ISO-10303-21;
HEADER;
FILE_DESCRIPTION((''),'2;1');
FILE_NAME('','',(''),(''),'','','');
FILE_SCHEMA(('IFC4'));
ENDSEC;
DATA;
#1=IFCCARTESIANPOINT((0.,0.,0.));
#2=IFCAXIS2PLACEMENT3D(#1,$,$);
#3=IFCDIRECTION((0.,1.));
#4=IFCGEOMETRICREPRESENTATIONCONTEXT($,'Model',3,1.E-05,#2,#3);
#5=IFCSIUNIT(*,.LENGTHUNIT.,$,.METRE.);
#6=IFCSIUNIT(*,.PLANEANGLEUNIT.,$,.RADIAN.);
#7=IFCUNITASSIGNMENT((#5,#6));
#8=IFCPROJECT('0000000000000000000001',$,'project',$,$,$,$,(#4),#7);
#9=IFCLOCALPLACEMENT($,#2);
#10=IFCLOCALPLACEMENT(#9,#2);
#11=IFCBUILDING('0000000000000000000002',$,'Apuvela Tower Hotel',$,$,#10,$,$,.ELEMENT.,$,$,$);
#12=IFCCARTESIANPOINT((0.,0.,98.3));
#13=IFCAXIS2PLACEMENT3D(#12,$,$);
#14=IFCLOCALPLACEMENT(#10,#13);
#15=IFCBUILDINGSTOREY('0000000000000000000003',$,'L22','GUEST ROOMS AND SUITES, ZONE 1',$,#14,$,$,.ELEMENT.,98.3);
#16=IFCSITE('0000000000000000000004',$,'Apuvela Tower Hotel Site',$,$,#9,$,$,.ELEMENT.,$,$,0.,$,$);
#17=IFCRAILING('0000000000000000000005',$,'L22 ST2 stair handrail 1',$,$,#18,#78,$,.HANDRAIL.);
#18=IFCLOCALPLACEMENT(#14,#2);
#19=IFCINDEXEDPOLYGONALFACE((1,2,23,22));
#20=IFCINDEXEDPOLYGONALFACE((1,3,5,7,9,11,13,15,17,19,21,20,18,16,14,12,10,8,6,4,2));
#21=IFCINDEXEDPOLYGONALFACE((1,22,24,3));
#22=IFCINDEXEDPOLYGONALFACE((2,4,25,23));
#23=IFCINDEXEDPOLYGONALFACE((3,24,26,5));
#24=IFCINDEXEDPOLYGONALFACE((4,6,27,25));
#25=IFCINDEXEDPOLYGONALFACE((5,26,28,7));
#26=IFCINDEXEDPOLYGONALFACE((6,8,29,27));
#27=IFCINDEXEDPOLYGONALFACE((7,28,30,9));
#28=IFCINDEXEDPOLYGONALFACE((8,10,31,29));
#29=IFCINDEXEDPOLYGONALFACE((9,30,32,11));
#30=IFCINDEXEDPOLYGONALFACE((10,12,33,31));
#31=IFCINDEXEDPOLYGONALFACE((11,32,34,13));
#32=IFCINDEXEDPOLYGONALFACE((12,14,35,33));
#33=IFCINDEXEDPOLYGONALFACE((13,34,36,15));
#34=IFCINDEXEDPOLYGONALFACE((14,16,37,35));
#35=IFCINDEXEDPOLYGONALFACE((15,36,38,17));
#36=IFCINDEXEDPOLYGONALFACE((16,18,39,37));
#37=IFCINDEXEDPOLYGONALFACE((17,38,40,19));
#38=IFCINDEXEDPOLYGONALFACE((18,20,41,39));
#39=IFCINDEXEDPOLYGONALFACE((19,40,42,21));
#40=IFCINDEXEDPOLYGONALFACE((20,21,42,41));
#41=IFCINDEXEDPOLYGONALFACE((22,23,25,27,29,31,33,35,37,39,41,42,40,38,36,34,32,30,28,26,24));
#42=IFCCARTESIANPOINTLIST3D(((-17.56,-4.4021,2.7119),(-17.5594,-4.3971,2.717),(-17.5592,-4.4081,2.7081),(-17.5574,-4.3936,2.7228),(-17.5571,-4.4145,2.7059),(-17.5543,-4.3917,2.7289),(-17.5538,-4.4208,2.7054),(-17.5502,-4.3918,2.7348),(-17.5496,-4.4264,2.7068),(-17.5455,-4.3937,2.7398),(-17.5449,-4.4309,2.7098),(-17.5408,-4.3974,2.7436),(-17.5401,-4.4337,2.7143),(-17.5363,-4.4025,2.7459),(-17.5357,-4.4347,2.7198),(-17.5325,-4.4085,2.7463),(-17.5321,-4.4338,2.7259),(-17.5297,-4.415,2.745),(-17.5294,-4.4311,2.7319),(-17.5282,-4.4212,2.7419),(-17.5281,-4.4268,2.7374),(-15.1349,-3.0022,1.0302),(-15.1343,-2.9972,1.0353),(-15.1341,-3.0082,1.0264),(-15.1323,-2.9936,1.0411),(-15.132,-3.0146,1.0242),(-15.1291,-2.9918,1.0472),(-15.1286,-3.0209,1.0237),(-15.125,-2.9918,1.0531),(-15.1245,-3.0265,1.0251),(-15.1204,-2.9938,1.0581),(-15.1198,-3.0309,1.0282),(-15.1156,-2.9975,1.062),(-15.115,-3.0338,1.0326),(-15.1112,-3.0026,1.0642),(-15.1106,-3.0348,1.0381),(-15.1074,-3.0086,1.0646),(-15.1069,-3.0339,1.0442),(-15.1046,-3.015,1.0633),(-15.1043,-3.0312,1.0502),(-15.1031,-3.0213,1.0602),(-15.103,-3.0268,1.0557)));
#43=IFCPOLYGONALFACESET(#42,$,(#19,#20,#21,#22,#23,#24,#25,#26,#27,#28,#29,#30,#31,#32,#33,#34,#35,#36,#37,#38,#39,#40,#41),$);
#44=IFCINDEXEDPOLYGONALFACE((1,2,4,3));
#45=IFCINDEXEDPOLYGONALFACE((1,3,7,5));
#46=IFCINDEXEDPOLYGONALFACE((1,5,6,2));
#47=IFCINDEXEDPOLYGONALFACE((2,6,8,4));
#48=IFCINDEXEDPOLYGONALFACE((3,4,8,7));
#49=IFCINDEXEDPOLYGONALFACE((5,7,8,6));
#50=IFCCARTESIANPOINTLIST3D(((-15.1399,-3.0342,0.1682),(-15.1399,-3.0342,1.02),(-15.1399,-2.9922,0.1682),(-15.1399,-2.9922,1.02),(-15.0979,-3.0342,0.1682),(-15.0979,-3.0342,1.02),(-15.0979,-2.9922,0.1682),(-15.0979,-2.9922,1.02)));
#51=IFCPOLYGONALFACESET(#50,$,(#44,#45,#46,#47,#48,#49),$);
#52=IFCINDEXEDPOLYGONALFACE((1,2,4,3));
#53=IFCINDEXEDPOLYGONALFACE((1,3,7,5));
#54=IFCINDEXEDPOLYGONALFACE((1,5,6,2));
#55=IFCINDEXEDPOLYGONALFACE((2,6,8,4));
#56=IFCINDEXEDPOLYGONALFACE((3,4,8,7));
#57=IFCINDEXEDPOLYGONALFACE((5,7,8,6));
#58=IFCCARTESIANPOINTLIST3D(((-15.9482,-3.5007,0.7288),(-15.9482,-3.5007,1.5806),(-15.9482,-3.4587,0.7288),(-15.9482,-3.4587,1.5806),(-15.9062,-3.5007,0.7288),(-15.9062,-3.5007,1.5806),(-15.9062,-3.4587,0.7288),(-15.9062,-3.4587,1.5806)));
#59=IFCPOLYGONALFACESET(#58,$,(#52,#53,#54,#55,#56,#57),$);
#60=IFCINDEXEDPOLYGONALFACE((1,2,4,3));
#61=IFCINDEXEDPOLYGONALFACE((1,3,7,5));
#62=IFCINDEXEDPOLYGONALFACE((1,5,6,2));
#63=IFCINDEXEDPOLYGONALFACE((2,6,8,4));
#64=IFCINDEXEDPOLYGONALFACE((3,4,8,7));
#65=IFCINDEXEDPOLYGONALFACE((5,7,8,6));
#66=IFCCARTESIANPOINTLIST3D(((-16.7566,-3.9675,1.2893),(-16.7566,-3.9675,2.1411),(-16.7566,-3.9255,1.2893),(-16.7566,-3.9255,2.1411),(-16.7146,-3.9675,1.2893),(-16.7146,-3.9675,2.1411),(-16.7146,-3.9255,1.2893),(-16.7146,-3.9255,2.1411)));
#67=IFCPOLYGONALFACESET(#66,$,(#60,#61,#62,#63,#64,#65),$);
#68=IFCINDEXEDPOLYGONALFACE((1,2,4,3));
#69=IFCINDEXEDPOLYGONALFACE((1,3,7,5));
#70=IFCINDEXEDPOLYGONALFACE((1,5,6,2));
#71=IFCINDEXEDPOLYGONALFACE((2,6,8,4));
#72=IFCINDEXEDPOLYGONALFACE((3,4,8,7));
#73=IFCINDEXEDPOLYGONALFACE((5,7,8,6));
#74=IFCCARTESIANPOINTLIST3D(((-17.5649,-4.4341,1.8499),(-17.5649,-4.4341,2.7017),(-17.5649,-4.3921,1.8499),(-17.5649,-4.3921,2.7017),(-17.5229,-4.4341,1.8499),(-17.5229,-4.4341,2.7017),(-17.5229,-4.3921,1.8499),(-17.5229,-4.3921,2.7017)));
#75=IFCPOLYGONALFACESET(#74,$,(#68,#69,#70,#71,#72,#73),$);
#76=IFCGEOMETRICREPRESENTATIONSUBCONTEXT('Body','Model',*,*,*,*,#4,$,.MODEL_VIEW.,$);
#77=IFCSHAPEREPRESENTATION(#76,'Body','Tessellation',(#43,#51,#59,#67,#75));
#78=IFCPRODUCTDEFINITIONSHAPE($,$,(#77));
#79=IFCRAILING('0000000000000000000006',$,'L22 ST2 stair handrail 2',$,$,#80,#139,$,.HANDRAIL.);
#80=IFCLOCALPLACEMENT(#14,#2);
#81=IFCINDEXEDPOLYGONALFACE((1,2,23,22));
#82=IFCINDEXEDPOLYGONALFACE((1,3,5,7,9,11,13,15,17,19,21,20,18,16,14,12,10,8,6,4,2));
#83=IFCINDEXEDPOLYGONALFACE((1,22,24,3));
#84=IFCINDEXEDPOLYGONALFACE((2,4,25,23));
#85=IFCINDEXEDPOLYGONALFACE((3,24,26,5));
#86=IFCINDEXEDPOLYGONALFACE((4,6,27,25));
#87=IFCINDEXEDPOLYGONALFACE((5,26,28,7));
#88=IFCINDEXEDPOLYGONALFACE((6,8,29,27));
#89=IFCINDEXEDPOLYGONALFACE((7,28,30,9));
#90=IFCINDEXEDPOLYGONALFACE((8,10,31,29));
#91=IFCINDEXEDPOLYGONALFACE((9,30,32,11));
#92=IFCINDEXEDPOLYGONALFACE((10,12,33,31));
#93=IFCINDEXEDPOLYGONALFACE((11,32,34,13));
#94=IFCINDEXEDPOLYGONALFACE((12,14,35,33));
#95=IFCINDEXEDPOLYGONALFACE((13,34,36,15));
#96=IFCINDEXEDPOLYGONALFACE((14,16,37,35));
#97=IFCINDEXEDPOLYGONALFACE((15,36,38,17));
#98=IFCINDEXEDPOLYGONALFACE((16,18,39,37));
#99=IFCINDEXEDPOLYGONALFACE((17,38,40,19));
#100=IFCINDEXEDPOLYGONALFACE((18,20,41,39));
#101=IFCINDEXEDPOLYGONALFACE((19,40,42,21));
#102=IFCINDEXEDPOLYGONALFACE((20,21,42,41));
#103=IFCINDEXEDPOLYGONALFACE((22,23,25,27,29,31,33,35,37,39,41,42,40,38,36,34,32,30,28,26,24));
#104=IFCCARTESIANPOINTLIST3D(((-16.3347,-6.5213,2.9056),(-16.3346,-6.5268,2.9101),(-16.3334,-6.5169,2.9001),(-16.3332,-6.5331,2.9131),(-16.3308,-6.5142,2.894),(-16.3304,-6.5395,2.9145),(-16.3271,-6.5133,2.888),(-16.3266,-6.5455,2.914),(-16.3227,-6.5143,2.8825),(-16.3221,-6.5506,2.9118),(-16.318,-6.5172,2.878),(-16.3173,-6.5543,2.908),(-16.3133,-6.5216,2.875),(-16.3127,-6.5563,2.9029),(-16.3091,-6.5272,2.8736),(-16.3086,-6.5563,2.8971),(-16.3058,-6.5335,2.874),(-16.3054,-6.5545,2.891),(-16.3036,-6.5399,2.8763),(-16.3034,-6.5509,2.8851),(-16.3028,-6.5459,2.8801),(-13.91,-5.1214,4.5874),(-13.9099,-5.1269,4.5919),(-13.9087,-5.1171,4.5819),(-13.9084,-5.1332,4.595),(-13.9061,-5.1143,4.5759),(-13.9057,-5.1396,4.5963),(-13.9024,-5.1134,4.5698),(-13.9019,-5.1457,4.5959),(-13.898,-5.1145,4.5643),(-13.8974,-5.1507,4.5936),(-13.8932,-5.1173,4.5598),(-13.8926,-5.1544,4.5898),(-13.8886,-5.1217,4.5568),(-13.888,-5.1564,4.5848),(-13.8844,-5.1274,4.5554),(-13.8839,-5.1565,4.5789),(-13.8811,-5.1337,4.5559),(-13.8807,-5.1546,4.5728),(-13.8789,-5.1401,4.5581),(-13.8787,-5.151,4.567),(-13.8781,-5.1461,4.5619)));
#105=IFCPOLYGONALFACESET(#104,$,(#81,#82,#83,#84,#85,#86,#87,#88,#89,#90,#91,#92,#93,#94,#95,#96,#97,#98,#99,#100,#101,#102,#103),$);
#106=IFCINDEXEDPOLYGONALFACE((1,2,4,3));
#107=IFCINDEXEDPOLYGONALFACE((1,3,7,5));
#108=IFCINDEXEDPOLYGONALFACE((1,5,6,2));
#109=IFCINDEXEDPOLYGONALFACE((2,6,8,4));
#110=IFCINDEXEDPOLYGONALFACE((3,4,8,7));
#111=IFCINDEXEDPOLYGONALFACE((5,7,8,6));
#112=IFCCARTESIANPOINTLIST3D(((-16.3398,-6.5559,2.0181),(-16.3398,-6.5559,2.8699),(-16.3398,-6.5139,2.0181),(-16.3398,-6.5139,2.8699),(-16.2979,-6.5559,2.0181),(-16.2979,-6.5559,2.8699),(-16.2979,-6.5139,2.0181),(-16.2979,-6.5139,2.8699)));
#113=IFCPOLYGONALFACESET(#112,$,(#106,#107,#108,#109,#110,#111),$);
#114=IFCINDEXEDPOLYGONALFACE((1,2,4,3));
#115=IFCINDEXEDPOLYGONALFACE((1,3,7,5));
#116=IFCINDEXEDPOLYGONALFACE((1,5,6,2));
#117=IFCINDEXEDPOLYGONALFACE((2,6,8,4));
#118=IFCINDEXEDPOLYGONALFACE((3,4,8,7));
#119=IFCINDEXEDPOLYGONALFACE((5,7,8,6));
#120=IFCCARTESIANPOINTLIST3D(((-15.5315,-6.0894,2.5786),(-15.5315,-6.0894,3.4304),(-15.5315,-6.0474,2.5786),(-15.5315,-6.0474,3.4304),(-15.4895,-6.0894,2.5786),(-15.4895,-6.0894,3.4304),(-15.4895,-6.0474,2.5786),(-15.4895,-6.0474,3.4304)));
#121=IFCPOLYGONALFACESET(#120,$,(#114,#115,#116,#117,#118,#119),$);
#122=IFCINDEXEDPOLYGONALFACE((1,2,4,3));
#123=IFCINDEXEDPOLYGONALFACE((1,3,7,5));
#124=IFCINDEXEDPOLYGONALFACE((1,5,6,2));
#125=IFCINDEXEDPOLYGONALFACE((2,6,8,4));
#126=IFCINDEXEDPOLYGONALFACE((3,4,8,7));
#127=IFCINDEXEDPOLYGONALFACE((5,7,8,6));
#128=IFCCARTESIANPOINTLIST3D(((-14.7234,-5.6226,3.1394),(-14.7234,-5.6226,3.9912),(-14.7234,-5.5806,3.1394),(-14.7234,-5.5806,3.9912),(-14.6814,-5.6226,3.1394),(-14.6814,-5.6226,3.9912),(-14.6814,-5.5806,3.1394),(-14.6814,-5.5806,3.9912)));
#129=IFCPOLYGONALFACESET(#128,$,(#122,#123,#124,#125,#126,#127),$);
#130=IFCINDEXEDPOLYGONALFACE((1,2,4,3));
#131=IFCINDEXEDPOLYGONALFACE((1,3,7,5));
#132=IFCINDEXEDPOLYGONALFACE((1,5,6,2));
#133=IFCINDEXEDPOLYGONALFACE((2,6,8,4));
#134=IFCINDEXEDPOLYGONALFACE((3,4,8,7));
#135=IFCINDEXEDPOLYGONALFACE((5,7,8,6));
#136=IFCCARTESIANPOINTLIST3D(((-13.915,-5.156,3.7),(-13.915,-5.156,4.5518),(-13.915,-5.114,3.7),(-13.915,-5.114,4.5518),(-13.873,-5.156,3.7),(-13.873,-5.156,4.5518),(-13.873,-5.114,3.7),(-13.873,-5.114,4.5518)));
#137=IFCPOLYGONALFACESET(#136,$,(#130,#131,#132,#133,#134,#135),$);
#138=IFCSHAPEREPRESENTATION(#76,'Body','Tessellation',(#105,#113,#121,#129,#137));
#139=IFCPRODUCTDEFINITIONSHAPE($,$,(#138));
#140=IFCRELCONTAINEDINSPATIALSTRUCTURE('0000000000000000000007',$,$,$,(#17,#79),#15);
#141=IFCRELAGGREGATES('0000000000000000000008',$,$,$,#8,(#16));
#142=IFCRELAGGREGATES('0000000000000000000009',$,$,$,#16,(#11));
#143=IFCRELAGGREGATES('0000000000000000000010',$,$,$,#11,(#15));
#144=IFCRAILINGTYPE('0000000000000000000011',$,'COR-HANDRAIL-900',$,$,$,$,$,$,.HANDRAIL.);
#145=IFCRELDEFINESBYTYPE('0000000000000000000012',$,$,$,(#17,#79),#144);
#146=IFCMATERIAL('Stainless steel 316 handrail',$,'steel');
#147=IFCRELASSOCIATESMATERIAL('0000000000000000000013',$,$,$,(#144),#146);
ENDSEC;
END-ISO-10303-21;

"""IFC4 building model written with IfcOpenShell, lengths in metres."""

from ifc_helpers import new_model, si_unit, direction, frame, origin, origin_2d, place, context, subcontext, project, spatial, rectangle, circle, extrude, material, type_object, element, save


model = new_model("IFC4")

# Units and contexts
model_context = context("Model", 3, precision=1e-05, world=origin(), true_north=direction((0.0, 1.0)))
body_context = subcontext(model_context, "Body", "Model", "MODEL_VIEW")
ifc_project = project(units=[si_unit("LENGTHUNIT", "METRE"), si_unit("PLANEANGLEUNIT", "RADIAN")], contexts=[model_context])

# Site, building, storey
site_placement = place(None, origin())
site = spatial("IfcSite", under=ifc_project, at=site_placement, Name="Apuvela Tower Hotel Site", CompositionType="ELEMENT", RefElevation=0.0)
building_placement = place(site_placement, origin())
building = spatial("IfcBuilding", under=site, at=building_placement, Name="Apuvela Tower Hotel", CompositionType="ELEMENT")
storey_placement = place(building_placement, frame((0.0, 0.0, 98.3)))
storey = spatial("IfcBuildingStorey", under=building, at=storey_placement, Name="L22", Description="GUEST ROOMS AND SUITES, ZONE 1", CompositionType="ELEMENT", Elevation=98.3)

# Railings
ifc_material_1 = material(Name="Stainless steel 316 handrail", Category="steel")
railing_type_1 = type_object("IfcRailingType", Name="COR-HANDRAIL-900", PredefinedType="HANDRAIL", material=ifc_material_1)
railing_1_placement = place(storey_placement, frame((-15.1189, -3.0132, 0.1682)))
element("IfcRailing", 1, at=railing_1_placement, inside=storey, type_object=railing_type_1, Name="L22 ST2 stair handrail 1", PredefinedType="HANDRAIL", context=body_context, shape_type="SweptSolid", body=[
    extrude(circle(Radius=0.0239, at=origin_2d()), frame((0.0, 0.0, 0.876), z_axis=(-0.742453, -0.428594, 0.514851), x_axis=(0.499946, -0.866056, 0.0)), (0.0, 0.0, 1.0), 3.2664),
    extrude(rectangle(XDim=0.042, YDim=0.042, at=origin_2d()), origin(), (0.0, 0.0, 1.0), 0.8518),
    extrude(rectangle(XDim=0.042, YDim=0.042, at=origin_2d()), frame((-0.8083, -0.4666, 0.5605)), (0.0, 0.0, 1.0), 0.8518),
    extrude(rectangle(XDim=0.042, YDim=0.042, at=origin_2d()), frame((-1.6167, -0.9333, 1.1211)), (0.0, 0.0, 1.0), 0.8518),
    extrude(rectangle(XDim=0.042, YDim=0.042, at=origin_2d()), frame((-2.425, -1.3999, 1.6816)), (0.0, 0.0, 1.0), 0.8518),
])
railing_2_placement = place(storey_placement, frame((-16.3188, -6.5349, 2.0181)))
element("IfcRailing", 2, at=railing_2_placement, inside=storey, type_object=railing_type_1, Name="L22 ST2 stair handrail 2", PredefinedType="HANDRAIL", context=body_context, shape_type="SweptSolid", body=[
    extrude(circle(Radius=0.0239, at=origin_2d()), frame((0.0, 0.0, 0.876), z_axis=(0.74239, 0.428601, 0.514934), x_axis=(-0.499984, 0.866035, 0.0)), (0.0, 0.0, 1.0), 3.2661),
    extrude(rectangle(XDim=0.042, YDim=0.042, at=origin_2d()), origin(), (0.0, 0.0, 1.0), 0.8518),
    extrude(rectangle(XDim=0.042, YDim=0.042, at=origin_2d()), frame((0.8083, 0.4666, 0.5605)), (0.0, 0.0, 1.0), 0.8518),
    extrude(rectangle(XDim=0.042, YDim=0.042, at=origin_2d()), frame((1.6165, 0.9333, 1.1213)), (0.0, 0.0, 1.0), 0.8518),
    extrude(rectangle(XDim=0.042, YDim=0.042, at=origin_2d()), frame((2.4248, 1.3999, 1.6819)), (0.0, 0.0, 1.0), 0.8518),
])

save(model, "model.ifc")
